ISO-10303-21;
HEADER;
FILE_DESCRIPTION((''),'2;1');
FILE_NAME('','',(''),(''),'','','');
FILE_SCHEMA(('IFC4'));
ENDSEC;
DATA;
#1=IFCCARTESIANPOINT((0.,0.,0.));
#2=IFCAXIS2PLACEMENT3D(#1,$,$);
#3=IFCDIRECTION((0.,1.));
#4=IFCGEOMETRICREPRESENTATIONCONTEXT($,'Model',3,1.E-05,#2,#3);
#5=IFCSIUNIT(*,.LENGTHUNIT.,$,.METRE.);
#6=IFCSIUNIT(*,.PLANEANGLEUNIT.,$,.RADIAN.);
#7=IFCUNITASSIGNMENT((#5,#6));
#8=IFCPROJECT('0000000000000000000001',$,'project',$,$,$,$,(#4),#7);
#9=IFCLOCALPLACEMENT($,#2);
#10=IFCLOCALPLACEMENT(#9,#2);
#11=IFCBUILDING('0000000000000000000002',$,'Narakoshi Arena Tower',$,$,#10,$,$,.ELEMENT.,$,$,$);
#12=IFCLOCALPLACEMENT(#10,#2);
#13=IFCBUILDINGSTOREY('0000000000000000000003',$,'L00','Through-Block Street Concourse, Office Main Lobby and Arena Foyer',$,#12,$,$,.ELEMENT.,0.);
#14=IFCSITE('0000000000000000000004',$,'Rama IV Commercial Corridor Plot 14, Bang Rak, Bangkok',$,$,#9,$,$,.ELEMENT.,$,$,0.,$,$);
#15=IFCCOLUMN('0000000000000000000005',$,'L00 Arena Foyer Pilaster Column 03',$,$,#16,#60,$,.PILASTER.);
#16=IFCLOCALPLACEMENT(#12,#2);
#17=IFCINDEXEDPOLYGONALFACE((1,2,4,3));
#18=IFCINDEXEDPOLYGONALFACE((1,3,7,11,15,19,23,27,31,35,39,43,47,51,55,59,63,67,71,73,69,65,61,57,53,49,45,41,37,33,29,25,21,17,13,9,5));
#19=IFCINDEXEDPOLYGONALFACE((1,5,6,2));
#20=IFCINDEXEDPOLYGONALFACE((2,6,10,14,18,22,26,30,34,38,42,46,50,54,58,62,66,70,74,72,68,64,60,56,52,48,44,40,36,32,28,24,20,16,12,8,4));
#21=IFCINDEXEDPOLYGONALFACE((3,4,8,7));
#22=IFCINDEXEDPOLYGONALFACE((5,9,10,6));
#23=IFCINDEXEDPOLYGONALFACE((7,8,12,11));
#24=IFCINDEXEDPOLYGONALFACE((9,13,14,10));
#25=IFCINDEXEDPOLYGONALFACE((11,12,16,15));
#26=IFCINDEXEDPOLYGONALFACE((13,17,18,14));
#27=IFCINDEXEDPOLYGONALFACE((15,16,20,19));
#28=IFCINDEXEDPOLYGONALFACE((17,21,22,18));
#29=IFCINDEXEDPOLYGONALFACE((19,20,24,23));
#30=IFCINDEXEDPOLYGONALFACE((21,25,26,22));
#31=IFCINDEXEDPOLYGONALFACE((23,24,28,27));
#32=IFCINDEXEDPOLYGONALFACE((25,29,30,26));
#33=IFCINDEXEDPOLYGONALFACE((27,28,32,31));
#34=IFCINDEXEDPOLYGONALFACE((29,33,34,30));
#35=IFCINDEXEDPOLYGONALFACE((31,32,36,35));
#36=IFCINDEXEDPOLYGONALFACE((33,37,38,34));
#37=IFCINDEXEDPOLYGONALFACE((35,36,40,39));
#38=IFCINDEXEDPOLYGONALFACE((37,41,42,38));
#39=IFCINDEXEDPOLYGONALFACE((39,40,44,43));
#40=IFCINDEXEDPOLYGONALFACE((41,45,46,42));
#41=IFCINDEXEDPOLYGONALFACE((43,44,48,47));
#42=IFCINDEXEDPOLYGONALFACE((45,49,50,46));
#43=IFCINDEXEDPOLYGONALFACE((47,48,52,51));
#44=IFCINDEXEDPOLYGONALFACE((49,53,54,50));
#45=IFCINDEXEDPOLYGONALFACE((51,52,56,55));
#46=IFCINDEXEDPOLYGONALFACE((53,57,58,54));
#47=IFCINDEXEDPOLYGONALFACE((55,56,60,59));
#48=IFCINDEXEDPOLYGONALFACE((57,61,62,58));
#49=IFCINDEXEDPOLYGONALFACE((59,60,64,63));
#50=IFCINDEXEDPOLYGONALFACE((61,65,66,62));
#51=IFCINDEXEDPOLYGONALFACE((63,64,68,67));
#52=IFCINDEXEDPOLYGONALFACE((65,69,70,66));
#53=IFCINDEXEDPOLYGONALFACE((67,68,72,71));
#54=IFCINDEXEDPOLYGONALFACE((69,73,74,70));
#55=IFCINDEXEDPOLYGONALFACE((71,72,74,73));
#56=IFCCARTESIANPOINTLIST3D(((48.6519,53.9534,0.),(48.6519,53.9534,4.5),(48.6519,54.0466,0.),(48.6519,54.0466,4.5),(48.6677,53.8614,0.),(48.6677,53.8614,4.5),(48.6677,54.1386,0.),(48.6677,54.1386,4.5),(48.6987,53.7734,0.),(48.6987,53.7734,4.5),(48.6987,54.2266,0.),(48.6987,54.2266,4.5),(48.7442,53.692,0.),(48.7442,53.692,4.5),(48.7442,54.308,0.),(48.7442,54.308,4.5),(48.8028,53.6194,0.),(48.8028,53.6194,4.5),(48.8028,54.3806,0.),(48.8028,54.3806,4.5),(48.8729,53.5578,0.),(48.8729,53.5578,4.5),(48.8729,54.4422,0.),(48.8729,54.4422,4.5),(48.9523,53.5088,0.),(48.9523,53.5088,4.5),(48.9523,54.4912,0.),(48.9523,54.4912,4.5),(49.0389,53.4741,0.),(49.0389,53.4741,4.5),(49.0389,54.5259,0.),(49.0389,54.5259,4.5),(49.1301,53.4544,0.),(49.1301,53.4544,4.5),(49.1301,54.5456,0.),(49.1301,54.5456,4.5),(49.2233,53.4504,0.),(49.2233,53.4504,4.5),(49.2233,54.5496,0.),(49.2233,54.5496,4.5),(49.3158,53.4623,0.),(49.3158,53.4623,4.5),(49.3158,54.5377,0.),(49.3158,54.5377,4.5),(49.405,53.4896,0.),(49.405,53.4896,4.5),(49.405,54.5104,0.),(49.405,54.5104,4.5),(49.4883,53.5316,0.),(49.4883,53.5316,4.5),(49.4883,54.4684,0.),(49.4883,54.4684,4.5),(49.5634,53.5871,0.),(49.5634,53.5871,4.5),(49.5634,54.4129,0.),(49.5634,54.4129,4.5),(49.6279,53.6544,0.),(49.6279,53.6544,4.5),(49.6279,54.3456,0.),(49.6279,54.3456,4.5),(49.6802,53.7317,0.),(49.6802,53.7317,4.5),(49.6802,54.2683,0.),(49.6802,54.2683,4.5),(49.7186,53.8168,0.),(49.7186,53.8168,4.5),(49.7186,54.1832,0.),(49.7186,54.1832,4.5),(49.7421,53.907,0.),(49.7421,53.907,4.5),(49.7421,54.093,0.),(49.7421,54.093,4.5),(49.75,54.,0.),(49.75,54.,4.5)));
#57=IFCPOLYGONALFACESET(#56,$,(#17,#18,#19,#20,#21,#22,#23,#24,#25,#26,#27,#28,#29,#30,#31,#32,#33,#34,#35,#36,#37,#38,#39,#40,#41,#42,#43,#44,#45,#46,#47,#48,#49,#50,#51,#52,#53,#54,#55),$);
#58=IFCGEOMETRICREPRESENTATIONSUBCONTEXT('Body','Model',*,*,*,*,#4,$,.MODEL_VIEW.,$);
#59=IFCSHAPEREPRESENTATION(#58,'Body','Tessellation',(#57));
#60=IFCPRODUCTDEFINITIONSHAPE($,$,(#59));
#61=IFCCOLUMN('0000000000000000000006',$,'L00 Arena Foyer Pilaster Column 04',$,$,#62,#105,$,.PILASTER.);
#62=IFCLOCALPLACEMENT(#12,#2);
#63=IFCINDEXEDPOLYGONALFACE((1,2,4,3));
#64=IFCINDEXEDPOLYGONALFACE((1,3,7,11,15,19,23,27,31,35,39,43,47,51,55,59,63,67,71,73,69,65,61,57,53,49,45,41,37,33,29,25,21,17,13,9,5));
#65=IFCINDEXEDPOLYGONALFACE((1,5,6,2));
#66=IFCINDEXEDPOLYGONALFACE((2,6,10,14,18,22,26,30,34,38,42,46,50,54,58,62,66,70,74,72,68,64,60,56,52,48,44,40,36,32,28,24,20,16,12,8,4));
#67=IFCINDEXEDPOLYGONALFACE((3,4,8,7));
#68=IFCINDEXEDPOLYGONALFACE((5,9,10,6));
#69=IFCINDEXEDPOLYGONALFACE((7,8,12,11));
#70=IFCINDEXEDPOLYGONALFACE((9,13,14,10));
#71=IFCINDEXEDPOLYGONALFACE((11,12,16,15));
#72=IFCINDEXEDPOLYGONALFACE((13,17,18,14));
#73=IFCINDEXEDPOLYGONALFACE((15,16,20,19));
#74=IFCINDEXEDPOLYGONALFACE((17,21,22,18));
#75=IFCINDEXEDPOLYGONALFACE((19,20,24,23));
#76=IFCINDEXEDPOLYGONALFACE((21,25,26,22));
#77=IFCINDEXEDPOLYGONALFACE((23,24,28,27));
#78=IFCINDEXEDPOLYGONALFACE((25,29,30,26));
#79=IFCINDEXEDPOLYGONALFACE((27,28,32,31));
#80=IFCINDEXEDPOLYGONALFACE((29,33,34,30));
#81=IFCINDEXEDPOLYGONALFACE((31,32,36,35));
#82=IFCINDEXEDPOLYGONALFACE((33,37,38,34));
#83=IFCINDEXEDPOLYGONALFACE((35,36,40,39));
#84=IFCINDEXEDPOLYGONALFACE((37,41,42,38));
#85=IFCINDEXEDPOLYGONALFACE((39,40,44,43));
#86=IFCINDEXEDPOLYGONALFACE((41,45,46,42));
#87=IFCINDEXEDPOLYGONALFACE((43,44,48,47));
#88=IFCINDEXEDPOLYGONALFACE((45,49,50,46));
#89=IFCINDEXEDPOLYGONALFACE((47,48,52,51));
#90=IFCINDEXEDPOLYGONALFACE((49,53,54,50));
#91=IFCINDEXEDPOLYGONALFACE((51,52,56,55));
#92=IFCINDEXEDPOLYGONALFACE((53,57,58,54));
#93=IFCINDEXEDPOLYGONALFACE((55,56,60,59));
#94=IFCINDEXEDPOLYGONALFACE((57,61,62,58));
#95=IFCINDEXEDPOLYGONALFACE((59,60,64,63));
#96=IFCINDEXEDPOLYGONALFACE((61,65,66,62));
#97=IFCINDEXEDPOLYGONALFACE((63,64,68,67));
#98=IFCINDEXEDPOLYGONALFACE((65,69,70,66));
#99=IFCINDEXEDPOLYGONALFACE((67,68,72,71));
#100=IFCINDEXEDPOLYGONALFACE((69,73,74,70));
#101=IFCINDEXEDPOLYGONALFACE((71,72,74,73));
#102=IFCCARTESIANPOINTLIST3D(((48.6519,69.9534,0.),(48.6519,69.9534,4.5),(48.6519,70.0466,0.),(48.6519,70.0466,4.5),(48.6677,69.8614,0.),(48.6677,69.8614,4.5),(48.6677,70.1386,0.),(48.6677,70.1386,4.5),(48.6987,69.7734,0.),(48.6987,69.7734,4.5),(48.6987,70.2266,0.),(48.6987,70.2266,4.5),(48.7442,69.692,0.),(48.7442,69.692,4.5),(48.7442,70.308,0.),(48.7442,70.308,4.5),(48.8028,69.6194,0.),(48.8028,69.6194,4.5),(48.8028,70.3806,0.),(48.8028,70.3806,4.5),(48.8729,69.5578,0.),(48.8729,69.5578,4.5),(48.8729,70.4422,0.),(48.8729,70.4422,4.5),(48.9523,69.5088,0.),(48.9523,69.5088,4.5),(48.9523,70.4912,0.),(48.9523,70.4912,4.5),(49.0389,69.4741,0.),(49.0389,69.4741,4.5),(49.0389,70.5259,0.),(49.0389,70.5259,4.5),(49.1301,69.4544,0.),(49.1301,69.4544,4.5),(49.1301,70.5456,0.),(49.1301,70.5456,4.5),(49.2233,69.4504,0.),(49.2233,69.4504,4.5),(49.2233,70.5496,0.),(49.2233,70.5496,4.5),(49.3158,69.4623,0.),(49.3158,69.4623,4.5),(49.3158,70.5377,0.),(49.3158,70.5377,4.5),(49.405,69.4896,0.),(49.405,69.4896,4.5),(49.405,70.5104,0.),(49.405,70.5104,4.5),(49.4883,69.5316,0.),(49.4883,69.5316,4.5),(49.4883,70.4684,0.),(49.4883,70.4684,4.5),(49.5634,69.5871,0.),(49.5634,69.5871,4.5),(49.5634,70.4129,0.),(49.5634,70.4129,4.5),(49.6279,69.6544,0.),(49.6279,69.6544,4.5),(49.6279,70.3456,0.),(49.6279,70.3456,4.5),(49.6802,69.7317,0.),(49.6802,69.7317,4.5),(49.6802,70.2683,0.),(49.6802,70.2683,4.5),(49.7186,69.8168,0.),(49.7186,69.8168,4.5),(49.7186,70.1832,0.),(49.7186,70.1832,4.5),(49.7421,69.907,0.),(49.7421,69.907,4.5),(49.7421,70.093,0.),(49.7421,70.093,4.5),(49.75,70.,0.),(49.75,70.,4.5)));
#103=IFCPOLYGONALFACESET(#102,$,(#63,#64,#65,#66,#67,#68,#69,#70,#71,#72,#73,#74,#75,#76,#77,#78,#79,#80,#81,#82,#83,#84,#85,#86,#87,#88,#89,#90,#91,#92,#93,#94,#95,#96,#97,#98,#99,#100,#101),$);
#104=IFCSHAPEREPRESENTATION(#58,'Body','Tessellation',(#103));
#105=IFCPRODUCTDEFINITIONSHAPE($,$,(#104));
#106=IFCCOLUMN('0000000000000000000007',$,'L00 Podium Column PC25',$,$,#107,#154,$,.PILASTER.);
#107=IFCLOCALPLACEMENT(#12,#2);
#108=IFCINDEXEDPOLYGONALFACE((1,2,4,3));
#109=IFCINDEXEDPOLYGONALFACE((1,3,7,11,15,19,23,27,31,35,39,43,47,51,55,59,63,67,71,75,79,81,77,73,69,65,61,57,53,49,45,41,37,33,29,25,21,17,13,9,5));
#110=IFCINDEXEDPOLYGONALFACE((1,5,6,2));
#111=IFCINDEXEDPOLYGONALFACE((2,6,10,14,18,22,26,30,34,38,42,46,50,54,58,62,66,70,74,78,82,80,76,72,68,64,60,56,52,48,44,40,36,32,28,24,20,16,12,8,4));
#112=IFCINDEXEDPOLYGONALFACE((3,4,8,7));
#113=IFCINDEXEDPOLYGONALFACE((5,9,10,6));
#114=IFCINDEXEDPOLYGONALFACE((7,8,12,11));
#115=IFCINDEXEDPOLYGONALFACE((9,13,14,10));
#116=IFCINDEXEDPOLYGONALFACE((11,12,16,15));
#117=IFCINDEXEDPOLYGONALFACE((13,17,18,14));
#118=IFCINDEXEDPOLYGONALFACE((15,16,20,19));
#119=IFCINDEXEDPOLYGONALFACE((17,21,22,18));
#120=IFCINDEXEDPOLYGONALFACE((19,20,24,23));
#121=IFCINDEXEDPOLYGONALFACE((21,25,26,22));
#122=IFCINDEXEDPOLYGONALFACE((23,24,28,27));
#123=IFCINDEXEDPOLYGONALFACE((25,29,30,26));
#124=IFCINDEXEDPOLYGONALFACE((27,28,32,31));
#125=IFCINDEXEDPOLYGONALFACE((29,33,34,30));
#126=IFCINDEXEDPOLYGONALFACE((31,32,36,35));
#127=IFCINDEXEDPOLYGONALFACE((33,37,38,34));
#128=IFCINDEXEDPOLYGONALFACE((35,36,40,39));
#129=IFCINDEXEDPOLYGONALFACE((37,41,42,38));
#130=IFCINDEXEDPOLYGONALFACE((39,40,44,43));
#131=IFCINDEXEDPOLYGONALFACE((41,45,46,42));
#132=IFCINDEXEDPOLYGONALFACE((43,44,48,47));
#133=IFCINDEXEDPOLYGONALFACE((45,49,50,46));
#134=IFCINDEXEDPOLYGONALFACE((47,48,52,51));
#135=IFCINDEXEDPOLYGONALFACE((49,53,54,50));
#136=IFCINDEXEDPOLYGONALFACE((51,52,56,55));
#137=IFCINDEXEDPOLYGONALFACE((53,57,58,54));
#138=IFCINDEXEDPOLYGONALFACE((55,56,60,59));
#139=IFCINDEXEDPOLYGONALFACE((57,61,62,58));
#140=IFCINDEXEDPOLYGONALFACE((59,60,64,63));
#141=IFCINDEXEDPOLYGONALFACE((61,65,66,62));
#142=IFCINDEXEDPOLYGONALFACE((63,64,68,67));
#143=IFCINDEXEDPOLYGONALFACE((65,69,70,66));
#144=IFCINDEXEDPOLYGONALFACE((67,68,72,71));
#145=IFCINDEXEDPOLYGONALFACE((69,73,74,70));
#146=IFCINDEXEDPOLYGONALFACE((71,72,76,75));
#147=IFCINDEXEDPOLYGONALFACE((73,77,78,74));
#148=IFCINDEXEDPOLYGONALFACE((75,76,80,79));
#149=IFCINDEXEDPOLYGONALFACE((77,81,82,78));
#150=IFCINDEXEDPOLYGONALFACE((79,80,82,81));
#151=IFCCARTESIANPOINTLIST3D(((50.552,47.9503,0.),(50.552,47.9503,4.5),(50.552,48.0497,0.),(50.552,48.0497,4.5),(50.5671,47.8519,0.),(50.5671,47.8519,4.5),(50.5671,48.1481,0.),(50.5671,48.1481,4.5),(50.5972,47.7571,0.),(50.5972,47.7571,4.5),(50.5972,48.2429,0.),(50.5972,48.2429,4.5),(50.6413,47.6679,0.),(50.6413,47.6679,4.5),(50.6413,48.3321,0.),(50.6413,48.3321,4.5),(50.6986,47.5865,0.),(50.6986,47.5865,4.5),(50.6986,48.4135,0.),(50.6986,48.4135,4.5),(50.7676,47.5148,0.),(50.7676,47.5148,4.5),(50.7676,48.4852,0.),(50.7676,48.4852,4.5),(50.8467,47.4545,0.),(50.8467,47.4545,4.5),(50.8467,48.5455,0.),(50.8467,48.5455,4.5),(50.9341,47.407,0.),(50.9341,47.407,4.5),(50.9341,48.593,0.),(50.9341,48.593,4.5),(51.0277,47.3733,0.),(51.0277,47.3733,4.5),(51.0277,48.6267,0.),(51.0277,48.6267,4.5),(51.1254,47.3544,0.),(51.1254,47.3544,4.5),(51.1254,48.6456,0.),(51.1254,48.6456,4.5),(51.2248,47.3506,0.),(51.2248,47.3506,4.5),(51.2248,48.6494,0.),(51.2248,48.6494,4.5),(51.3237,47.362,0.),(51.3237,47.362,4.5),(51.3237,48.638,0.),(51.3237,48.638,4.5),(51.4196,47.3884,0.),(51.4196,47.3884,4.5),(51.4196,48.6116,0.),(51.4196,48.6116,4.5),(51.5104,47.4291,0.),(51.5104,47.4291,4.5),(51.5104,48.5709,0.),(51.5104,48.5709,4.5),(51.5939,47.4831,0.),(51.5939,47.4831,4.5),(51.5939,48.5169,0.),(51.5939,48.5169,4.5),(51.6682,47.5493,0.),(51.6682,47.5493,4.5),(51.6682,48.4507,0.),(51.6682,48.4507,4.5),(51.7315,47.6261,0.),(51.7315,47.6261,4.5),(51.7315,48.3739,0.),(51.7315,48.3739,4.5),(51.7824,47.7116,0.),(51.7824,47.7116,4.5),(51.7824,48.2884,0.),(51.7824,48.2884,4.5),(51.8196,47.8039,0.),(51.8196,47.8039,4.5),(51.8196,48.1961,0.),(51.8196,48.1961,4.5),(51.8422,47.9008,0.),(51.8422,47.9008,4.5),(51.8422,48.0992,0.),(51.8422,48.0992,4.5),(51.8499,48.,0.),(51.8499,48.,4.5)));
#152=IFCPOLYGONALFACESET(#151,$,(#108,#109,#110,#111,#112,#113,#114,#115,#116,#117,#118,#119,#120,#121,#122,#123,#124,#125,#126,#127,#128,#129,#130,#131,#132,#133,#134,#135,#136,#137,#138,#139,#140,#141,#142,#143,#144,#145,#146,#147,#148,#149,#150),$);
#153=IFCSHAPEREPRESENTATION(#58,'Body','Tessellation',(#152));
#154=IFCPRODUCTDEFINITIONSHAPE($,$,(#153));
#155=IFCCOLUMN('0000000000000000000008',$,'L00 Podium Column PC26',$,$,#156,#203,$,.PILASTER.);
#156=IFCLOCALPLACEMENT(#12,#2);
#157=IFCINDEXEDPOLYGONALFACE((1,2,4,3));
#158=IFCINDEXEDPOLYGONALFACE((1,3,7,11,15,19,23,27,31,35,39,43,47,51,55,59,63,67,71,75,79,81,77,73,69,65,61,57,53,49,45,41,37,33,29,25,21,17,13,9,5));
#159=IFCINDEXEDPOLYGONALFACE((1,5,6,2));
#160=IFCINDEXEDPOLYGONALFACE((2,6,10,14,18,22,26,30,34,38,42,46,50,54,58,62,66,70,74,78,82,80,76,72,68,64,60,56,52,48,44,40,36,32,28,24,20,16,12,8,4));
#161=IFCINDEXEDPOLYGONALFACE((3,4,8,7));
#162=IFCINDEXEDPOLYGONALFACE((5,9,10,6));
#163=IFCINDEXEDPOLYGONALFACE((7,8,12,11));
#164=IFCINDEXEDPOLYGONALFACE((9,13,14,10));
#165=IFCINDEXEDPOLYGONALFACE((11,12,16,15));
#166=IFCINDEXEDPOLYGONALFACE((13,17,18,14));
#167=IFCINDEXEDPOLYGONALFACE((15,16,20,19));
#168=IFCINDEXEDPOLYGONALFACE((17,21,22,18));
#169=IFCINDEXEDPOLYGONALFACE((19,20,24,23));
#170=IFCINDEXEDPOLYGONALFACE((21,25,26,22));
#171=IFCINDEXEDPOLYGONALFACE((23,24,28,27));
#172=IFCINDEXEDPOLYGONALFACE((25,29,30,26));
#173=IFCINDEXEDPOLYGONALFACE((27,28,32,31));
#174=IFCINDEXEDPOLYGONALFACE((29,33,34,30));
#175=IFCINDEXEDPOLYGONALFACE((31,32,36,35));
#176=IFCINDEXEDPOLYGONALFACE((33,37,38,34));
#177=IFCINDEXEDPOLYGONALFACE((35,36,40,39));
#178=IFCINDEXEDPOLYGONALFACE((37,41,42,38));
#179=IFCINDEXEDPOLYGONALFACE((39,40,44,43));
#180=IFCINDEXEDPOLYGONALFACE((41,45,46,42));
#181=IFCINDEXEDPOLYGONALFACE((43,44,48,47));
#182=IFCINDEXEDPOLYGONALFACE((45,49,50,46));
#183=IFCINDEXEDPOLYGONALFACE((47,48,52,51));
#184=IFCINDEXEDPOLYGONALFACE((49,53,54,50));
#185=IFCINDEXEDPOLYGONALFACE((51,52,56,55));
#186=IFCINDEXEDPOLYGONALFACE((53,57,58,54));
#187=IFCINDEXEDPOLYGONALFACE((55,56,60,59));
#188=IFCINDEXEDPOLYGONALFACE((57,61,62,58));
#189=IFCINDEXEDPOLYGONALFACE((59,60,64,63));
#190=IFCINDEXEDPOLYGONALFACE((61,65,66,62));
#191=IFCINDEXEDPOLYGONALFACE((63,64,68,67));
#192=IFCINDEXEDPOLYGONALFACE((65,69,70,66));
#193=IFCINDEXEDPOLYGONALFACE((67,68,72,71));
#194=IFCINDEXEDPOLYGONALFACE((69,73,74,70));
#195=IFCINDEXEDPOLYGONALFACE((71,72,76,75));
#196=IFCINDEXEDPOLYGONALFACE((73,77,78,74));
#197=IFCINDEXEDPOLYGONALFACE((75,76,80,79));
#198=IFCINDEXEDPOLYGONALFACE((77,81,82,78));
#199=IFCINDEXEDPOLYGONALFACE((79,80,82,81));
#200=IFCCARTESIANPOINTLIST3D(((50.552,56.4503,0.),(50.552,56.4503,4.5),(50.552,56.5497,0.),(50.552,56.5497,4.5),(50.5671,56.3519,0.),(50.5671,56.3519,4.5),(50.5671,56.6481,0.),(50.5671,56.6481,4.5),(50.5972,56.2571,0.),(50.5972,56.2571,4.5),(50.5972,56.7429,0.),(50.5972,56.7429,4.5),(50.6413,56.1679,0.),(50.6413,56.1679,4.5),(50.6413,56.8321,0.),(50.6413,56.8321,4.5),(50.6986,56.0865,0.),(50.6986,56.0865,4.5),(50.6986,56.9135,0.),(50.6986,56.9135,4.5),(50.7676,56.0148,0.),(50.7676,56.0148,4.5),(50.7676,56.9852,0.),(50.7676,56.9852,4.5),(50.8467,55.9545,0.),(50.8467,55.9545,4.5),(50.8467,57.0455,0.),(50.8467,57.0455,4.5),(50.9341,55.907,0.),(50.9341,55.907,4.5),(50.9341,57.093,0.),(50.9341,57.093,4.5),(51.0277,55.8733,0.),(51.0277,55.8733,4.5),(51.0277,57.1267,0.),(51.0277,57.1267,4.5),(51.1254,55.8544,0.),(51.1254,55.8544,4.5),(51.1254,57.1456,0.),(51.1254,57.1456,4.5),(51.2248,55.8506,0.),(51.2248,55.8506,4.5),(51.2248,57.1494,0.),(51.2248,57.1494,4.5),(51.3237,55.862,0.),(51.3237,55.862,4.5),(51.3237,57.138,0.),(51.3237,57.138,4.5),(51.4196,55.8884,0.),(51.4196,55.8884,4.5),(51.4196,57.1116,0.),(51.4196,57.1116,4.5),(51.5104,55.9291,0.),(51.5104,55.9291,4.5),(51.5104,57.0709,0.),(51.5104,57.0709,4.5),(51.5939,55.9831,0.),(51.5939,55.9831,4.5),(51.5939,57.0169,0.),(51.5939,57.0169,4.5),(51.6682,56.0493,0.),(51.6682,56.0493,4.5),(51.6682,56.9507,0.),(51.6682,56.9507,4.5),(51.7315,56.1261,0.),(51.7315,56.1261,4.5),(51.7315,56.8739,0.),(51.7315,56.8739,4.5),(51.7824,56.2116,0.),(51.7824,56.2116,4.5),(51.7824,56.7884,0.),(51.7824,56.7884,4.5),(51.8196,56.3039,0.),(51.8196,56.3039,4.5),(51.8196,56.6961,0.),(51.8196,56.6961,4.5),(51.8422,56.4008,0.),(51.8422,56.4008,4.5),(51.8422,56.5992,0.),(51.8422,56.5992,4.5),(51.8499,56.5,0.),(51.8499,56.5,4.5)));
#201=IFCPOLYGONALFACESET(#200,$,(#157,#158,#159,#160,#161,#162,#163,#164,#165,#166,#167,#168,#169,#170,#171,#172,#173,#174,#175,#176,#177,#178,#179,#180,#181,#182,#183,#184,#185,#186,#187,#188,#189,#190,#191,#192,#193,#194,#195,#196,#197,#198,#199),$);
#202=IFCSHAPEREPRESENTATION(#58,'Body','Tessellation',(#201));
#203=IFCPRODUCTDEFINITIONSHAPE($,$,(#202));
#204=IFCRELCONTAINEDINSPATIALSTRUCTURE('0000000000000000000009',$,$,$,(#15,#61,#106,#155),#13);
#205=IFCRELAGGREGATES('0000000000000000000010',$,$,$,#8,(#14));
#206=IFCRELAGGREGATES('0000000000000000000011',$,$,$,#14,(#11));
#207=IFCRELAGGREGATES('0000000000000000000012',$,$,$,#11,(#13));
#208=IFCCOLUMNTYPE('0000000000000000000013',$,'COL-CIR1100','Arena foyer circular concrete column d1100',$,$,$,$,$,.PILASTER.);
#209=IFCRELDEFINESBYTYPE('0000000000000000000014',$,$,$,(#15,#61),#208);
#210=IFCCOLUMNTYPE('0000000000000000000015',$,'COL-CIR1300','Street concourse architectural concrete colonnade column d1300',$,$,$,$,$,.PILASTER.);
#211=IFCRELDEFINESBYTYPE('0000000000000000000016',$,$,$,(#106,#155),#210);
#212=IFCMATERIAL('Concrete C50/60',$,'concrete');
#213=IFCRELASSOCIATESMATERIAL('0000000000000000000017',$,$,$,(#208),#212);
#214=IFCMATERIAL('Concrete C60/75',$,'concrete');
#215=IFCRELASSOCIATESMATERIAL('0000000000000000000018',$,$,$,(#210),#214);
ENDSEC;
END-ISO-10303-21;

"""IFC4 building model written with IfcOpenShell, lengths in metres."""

from ifc_helpers import new_model, si_unit, direction, frame, origin, origin_2d, place, context, subcontext, project, spatial, circle, extrude, material, material_profile, profile_set, type_object, element, save


model = new_model("IFC4")

# Units and contexts
model_context = context("Model", 3, precision=1e-05, world=origin(), true_north=direction((0.0, 1.0)))
body_context = subcontext(model_context, "Body", "Model", "MODEL_VIEW")
ifc_project = project(units=[si_unit("LENGTHUNIT", "METRE"), si_unit("PLANEANGLEUNIT", "RADIAN")], contexts=[model_context])

# Site, building, storey
site_placement = place(None, origin())
site = spatial("IfcSite", under=ifc_project, at=site_placement, Name="Rama IV Commercial Corridor Plot 14, Bang Rak, Bangkok", CompositionType="ELEMENT", RefElevation=0.0)
building_placement = place(site_placement, origin())
building = spatial("IfcBuilding", under=site, at=building_placement, Name="Narakoshi Arena Tower", CompositionType="ELEMENT")
storey_placement = place(building_placement, origin())
storey = spatial("IfcBuildingStorey", under=building, at=storey_placement, Name="L00", Description="Through-Block Street Concourse, Office Main Lobby and Arena Foyer", CompositionType="ELEMENT", Elevation=0.0)

# Columns
ifc_material_1 = material(Name="Concrete C50/60", Category="concrete")
ifc_material_profile_1 = material_profile(ifc_material_1, circle(Radius=0.55, at=origin_2d()), Name="RCC1100")
ifc_profile_set_1 = profile_set([ifc_material_profile_1], Name="Concrete C50/60")
column_type_1 = type_object("IfcColumnType", Name="COL-CIR1100", Description="Arena foyer circular concrete column d1100", PredefinedType="PILASTER", material=ifc_profile_set_1)
for number, where, z_axis, x_axis, name in (
    (1, (49.2, 54.0, 0.0), (0.0, 0.0, 1.0), (1.0, 0.0, 0.0), "L00 Arena Foyer Pilaster Column 03"),
    (2, (49.2, 70.0, 0.0), (0.0, 0.0, 1.0), (1.0, 0.0, 0.0), "L00 Arena Foyer Pilaster Column 04"),
):
    element("IfcColumn", number, at=place(storey_placement, frame(where, z_axis=z_axis, x_axis=x_axis)), inside=storey, type_object=column_type_1, Name=name, PredefinedType="PILASTER", context=body_context, shape_type="SweptSolid", body=[
        extrude(circle(Radius=0.55, at=origin_2d()), origin(), (0.0, 0.0, 1.0), 4.5),
    ])
ifc_material_2 = material(Name="Concrete C60/75", Category="concrete")
ifc_material_profile_2 = material_profile(ifc_material_2, circle(Radius=0.6499, at=origin_2d()), Name="RCC1300")
ifc_profile_set_2 = profile_set([ifc_material_profile_2], Name="Concrete C60/75")
column_type_2 = type_object("IfcColumnType", Name="COL-CIR1300", Description="Street concourse architectural concrete colonnade column d1300", PredefinedType="PILASTER", material=ifc_profile_set_2)
for number, where, z_axis, x_axis, name in (
    (3, (51.2, 48.0, 0.0), (0.0, 0.0, 1.0), (1.0, 0.0, 0.0), "L00 Podium Column PC25"),
    (4, (51.2, 56.5, 0.0), (0.0, 0.0, 1.0), (1.0, 0.0, 0.0), "L00 Podium Column PC26"),
):
    element("IfcColumn", number, at=place(storey_placement, frame(where, z_axis=z_axis, x_axis=x_axis)), inside=storey, type_object=column_type_2, Name=name, PredefinedType="PILASTER", context=body_context, shape_type="SweptSolid", body=[
        extrude(circle(Radius=0.6499, at=origin_2d()), origin(), (0.0, 0.0, 1.0), 4.5),
    ])

save(model, "model.ifc")
